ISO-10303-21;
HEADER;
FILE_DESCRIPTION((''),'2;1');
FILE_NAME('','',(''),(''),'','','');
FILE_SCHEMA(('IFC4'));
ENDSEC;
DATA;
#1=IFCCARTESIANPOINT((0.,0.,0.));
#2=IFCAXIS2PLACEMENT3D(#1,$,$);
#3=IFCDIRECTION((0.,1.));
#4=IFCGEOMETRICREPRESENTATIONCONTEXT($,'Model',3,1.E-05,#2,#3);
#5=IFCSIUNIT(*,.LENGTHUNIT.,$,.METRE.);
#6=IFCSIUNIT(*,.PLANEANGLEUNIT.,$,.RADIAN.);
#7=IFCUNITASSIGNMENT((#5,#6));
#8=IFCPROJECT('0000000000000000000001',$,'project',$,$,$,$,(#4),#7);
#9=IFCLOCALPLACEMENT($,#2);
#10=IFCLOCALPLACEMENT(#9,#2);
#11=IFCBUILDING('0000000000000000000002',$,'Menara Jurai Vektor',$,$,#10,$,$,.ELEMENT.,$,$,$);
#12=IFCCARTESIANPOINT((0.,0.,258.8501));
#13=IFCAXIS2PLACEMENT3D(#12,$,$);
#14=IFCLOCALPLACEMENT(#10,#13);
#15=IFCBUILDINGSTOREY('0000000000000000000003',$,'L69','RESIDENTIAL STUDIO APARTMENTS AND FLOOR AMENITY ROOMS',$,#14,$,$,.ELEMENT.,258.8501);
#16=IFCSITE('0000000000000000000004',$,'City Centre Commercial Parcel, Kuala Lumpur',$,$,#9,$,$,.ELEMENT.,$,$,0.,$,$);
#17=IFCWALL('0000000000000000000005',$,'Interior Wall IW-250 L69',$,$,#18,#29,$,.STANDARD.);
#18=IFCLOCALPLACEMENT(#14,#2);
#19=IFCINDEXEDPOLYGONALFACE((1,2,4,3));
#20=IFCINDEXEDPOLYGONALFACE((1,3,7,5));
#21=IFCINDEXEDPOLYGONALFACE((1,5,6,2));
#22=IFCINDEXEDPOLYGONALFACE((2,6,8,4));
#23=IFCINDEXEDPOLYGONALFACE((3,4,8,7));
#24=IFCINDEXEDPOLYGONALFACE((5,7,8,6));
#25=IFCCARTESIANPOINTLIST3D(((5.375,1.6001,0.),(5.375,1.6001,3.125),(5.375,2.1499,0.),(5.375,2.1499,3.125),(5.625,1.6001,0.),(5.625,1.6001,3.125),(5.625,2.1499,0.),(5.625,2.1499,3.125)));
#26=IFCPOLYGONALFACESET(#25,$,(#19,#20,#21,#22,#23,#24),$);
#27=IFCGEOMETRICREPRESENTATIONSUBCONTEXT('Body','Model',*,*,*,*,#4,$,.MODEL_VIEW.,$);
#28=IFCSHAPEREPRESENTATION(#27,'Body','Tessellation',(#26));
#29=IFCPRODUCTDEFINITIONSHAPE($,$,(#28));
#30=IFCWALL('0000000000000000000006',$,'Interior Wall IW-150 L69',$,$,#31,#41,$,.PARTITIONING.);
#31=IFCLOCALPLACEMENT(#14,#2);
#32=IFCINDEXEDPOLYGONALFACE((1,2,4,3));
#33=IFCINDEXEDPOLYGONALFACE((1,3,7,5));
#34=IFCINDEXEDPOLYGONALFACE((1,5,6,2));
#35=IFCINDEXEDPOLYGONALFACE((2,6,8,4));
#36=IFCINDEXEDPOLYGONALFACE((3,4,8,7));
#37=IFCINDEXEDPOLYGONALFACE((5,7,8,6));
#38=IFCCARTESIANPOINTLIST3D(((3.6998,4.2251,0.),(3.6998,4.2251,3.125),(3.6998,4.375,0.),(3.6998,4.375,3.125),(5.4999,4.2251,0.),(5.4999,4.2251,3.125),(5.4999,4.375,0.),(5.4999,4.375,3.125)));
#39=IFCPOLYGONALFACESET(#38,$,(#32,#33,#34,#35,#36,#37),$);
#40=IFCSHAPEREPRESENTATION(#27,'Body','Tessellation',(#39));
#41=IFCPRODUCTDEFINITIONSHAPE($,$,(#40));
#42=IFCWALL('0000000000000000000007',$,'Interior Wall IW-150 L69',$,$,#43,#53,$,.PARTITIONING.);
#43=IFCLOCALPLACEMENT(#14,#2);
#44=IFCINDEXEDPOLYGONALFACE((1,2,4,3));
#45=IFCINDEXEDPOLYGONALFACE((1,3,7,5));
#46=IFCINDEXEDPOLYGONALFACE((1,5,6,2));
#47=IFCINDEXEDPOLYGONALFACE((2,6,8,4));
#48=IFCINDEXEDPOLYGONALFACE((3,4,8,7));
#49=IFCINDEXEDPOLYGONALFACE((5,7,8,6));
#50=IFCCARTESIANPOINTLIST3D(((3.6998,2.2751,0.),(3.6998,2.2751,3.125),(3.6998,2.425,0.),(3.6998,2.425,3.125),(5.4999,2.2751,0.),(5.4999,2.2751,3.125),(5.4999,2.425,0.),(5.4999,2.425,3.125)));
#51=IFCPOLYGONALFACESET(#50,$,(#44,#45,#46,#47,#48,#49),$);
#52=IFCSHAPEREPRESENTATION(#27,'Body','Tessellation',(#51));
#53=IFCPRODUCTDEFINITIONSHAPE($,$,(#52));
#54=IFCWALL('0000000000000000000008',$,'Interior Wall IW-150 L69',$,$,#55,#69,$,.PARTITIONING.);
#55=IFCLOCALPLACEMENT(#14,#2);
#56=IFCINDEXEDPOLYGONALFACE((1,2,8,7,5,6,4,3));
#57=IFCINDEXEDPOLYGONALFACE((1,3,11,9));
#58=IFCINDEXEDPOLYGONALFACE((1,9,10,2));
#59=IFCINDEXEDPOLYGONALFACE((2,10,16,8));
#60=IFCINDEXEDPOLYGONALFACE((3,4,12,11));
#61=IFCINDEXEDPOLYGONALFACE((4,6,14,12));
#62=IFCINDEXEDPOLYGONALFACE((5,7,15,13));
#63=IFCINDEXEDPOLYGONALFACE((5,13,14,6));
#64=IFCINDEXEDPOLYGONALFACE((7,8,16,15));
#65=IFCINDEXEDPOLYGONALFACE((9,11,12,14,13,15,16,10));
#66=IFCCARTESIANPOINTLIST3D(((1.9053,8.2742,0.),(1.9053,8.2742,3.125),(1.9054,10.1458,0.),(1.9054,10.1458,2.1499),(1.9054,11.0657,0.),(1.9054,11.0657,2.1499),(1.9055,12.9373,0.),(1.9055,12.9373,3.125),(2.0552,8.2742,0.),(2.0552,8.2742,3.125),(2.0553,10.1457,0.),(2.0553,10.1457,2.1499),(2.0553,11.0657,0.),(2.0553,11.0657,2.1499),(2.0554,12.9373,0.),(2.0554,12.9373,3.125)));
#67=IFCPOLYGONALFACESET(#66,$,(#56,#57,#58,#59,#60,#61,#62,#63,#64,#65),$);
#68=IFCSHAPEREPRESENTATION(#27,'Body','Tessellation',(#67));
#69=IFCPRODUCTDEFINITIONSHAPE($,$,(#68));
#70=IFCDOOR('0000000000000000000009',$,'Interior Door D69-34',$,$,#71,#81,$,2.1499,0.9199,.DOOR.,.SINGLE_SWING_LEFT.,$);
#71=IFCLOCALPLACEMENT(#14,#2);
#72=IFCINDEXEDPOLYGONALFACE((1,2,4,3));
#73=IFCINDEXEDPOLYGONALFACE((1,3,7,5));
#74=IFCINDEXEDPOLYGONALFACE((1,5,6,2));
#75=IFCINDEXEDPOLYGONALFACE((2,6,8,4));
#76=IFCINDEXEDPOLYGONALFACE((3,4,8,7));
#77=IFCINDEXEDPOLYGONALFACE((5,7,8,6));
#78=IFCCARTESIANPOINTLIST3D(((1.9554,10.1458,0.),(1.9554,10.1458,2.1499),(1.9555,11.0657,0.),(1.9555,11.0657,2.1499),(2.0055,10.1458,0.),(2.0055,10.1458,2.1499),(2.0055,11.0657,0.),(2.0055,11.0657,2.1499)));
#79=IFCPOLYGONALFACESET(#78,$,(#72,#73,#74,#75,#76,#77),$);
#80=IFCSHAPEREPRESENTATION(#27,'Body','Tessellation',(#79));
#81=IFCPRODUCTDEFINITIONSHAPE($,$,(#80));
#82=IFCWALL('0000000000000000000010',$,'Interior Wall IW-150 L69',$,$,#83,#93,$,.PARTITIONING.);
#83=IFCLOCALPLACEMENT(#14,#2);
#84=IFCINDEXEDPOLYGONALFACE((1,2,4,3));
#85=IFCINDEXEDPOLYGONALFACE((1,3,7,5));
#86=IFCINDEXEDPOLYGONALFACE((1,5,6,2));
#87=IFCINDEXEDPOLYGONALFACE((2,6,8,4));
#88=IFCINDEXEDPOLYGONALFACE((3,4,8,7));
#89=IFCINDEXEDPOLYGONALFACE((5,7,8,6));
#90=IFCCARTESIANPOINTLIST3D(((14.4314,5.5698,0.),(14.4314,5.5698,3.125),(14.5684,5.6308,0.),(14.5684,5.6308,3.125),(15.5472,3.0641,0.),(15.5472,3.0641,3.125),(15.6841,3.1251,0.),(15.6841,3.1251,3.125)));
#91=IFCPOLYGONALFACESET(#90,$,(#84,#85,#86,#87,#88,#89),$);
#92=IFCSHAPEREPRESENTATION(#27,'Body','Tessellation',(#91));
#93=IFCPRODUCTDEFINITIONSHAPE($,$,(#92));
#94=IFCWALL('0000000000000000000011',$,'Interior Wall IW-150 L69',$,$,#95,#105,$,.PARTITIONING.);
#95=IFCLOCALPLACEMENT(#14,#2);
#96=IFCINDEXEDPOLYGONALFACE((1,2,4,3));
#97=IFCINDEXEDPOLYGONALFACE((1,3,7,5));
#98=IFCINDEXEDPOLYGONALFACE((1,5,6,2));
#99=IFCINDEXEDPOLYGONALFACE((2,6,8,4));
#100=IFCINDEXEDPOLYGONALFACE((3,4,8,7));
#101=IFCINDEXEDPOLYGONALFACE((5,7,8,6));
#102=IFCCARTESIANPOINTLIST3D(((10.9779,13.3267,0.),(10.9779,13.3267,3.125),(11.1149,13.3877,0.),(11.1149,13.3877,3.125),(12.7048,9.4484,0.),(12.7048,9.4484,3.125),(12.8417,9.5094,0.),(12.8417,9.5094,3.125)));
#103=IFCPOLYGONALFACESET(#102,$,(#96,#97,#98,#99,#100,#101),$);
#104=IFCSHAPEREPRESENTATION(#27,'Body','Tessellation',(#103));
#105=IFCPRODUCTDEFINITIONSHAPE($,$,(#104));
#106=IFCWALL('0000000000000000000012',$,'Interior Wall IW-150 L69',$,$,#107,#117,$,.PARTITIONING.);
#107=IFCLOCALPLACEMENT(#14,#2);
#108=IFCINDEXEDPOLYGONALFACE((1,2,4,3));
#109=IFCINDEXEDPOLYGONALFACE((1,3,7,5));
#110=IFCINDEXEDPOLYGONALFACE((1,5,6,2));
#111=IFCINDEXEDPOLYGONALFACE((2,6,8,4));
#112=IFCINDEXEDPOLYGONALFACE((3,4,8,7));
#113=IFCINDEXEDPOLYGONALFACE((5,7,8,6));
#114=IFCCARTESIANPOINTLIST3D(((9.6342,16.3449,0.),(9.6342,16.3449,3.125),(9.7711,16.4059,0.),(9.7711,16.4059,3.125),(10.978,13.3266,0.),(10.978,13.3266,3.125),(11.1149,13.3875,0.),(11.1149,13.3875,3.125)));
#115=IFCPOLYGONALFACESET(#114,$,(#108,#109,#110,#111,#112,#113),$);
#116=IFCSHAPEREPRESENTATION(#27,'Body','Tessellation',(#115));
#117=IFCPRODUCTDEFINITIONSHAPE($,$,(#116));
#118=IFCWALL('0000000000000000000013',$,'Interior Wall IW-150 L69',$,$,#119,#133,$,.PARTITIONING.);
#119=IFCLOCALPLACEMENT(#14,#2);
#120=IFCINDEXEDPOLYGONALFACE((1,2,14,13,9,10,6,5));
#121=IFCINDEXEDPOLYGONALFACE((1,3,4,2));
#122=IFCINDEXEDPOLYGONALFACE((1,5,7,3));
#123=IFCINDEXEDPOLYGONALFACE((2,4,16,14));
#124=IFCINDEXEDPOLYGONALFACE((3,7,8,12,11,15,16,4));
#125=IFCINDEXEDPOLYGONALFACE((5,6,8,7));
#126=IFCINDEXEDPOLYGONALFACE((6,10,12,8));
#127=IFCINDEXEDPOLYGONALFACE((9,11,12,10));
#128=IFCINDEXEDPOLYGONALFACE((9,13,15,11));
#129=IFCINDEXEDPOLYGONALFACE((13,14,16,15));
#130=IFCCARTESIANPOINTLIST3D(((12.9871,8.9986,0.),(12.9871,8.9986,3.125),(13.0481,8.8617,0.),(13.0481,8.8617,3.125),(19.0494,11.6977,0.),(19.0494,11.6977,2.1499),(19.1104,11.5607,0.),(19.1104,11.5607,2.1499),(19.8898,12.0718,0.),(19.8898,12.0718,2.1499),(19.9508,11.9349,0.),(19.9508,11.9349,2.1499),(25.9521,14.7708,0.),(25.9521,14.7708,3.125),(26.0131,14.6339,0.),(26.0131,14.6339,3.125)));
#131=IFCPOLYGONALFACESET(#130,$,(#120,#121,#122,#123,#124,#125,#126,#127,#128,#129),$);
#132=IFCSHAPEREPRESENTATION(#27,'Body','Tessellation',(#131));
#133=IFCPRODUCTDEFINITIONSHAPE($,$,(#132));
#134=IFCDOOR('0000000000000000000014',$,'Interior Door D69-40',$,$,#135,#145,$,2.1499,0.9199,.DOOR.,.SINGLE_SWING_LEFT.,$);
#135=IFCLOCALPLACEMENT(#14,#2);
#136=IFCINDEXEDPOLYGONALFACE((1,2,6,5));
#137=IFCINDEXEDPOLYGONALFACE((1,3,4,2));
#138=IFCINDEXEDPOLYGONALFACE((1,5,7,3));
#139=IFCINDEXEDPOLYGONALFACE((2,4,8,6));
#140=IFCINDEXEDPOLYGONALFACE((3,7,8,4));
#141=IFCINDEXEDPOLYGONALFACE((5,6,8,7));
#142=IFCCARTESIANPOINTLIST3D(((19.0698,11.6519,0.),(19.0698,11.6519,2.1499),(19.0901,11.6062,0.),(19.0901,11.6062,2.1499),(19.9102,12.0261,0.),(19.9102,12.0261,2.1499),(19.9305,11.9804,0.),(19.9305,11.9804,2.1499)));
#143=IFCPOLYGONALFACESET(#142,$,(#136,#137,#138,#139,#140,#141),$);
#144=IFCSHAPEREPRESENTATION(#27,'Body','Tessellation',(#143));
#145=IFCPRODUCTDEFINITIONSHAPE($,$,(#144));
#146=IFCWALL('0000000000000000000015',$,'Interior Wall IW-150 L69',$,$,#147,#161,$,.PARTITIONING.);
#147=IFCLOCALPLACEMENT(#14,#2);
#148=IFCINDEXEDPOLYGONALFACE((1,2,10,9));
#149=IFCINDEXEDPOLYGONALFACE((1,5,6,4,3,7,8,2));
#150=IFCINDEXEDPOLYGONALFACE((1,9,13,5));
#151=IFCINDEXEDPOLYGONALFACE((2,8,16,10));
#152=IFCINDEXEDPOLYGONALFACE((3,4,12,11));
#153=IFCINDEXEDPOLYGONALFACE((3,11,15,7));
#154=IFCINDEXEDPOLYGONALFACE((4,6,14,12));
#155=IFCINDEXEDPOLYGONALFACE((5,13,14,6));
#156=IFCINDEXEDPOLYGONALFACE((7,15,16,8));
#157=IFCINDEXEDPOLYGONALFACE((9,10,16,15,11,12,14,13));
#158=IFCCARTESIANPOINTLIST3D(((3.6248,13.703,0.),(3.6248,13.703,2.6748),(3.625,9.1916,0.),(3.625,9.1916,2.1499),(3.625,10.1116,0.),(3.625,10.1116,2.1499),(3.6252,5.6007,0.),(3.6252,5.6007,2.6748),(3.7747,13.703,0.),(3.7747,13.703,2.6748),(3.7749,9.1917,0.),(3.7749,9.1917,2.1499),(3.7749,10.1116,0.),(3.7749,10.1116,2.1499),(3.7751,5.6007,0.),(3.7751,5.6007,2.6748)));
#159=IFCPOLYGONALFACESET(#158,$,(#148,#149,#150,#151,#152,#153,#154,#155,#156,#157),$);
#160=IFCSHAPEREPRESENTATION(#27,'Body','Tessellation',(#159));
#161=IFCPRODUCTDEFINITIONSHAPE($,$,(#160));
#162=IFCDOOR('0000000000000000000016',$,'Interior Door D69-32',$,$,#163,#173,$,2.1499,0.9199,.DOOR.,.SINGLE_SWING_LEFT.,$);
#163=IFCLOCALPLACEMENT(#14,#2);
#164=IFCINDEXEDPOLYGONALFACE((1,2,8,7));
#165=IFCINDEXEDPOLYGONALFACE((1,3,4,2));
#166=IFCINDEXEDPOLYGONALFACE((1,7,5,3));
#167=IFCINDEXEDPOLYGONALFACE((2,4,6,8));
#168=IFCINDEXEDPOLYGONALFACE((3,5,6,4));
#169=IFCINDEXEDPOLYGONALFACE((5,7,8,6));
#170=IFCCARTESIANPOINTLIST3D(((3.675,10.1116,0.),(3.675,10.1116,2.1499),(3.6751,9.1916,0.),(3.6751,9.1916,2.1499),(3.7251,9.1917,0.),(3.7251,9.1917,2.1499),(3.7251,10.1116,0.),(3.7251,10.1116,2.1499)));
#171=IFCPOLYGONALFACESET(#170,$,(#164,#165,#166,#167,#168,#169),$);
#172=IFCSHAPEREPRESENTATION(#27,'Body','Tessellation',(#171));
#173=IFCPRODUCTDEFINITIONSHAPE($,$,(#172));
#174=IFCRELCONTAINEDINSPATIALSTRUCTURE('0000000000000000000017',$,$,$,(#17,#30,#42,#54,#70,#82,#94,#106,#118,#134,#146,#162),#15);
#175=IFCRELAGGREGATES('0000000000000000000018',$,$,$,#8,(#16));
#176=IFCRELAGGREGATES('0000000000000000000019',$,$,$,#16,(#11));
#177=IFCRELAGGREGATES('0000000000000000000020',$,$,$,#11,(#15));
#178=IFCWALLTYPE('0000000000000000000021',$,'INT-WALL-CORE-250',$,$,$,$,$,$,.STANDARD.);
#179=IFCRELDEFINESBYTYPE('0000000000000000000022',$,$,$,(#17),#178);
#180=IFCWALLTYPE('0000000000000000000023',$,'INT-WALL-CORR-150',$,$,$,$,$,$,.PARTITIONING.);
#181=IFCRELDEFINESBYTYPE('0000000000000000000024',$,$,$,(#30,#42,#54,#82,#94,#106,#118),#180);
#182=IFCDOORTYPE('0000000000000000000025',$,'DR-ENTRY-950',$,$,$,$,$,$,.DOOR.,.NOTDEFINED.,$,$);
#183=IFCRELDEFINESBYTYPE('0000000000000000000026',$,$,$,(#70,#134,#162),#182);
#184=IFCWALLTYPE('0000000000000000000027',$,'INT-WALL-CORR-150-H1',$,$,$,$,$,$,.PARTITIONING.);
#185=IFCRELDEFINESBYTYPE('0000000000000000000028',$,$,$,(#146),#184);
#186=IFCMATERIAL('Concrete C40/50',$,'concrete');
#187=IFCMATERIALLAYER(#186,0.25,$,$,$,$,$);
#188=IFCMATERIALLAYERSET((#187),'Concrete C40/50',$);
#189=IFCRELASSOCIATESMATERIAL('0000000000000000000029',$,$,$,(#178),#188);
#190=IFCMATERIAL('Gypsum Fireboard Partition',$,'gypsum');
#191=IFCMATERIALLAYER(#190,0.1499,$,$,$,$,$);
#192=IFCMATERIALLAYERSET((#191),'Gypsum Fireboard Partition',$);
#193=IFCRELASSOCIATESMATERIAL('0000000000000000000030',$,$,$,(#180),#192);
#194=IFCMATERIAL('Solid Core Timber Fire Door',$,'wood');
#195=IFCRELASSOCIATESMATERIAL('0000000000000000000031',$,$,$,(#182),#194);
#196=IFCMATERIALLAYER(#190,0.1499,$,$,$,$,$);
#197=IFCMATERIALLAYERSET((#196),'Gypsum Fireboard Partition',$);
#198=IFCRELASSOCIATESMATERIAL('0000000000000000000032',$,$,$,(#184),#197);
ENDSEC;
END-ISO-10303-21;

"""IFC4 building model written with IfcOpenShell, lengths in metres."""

from ifc_helpers import new_model, si_unit, direction, frame, frame_2d, origin, place, context, subcontext, project, spatial, rectangle, extrude, material, layer, layer_set, type_object, element, fill, save


model = new_model("IFC4")

# Units and contexts
model_context = context("Model", 3, precision=1e-05, world=origin(), true_north=direction((0.0, 1.0)))
body_context = subcontext(model_context, "Body", "Model", "MODEL_VIEW")
ifc_project = project(units=[si_unit("LENGTHUNIT", "METRE"), si_unit("PLANEANGLEUNIT", "RADIAN")], contexts=[model_context])

# Site, building, storey
site_placement = place(None, origin())
site = spatial("IfcSite", under=ifc_project, at=site_placement, Name="City Centre Commercial Parcel, Kuala Lumpur", CompositionType="ELEMENT", RefElevation=0.0)
building_placement = place(site_placement, origin())
building = spatial("IfcBuilding", under=site, at=building_placement, Name="Menara Jurai Vektor", CompositionType="ELEMENT")
storey_placement = place(building_placement, frame((0.0, 0.0, 258.8501)))
storey = spatial("IfcBuildingStorey", under=building, at=storey_placement, Name="L69", Description="RESIDENTIAL STUDIO APARTMENTS AND FLOOR AMENITY ROOMS", CompositionType="ELEMENT", Elevation=258.8501)

# Shared definitions
ifc_material_1 = material(Name="Concrete C40/50", Category="concrete")
ifc_layer_1 = layer(ifc_material_1, 0.25)
ifc_layer_set_1 = layer_set([ifc_layer_1], Name="Concrete C40/50")
wall_type_1 = type_object("IfcWallType", Name="INT-WALL-CORE-250", PredefinedType="STANDARD", material=ifc_layer_set_1)

# Walls
wall_1_placement = place(storey_placement, frame((5.5, 1.6001, 0.0), z_axis=(0.0, 0.0, 1.0), x_axis=(0.0, 1.0, 0.0)))
element("IfcWall", 1, at=wall_1_placement, inside=storey, type_object=wall_type_1, Name="Interior Wall IW-250 L69", PredefinedType="STANDARD", context=body_context, shape_type="SweptSolid", body=[
    extrude(rectangle(XDim=0.5498, YDim=0.25, at=frame_2d((0.2749, 0.0))), origin(), (0.0, 0.0, 1.0), 3.125),
])
ifc_material_2 = material(Name="Gypsum Fireboard Partition", Category="gypsum")
ifc_layer_2 = layer(ifc_material_2, 0.1499)
ifc_layer_set_2 = layer_set([ifc_layer_2], Name="Gypsum Fireboard Partition")
wall_type_2 = type_object("IfcWallType", Name="INT-WALL-CORR-150", PredefinedType="PARTITIONING", material=ifc_layer_set_2)
for number, where, z_axis, x_axis, name in (
    (2, (3.7, 4.3, 0.0), (0.0, 0.0, 1.0), (1.0, 0.0, 0.0), "Interior Wall IW-150 L69"),
    (3, (3.7, 2.3501, 0.0), (0.0, 0.0, 1.0), (1.0, 0.0, 0.0), "Interior Wall IW-150 L69"),
):
    element("IfcWall", number, at=place(storey_placement, frame(where, z_axis=z_axis, x_axis=x_axis)), inside=storey, type_object=wall_type_2, Name=name, PredefinedType="PARTITIONING", context=body_context, shape_type="SweptSolid", body=[
        extrude(rectangle(XDim=1.8, YDim=0.1499, at=frame_2d((0.8999, 0.0))), origin(), (0.0, 0.0, 1.0), 3.125),
    ])

# Wall, opening, door
wall_2_placement = place(storey_placement, frame((1.9802, 8.2742, 0.0), z_axis=(0.0, 0.0, 1.0), x_axis=(0.000052, 1.0, 0.0)))
wall_2 = element("IfcWall", 4, at=wall_2_placement, inside=storey, type_object=wall_type_2, Name="Interior Wall IW-150 L69", PredefinedType="PARTITIONING", context=body_context, shape_type="SweptSolid", body=[
    extrude(rectangle(XDim=4.6631, YDim=0.1499, at=frame_2d((2.3315, 0.0))), origin(), (0.0, 0.0, 1.0), 3.125),
])
opening_1_placement = place(wall_2_placement, frame((1.8716, 0.0, 0.0)))
opening_1 = element("IfcOpeningElement", 5, at=opening_1_placement, cuts=wall_2, PredefinedType="OPENING", context=body_context, shape_type="SweptSolid", body=[
    extrude(rectangle(XDim=0.9199, YDim=2.1499, at=frame_2d((0.46, 1.075))), frame((0.0, 0.085, 0.0), z_axis=(0.0, -1.0, 0.0), x_axis=(1.0, 0.0, 0.0)), (0.0, 0.0, 1.0), 0.1699),
])
ifc_material_3 = material(Name="Solid Core Timber Fire Door", Category="wood")
door_type_1 = type_object("IfcDoorType", Name="DR-ENTRY-950", OperationType="NOTDEFINED", PredefinedType="DOOR", material=ifc_material_3)
door_1_placement = place(opening_1_placement, origin())
door_1 = element("IfcDoor", 6, at=door_1_placement, inside=storey, type_object=door_type_1, Name="Interior Door D69-34", OperationType="SINGLE_SWING_LEFT", OverallHeight=2.1499, OverallWidth=0.9199, PredefinedType="DOOR", context=body_context, shape_type="SweptSolid", body=[
    extrude(rectangle(XDim=0.9199, YDim=2.1499, at=frame_2d((0.46, 1.075))), frame((0.0, 0.0249, 0.0), z_axis=(0.0, -1.0, 0.0), x_axis=(1.0, 0.0, 0.0)), (0.0, 0.0, 1.0), 0.05),
])
fill(opening_1, door_1)

# Walls
wall_3_placement = place(storey_placement, frame((15.6157, 3.0945, 0.0), z_axis=(0.0, 0.0, 1.0), x_axis=(-0.406783, 0.913525, 0.0)))
element("IfcWall", 7, at=wall_3_placement, inside=storey, type_object=wall_type_2, Name="Interior Wall IW-150 L69", PredefinedType="PARTITIONING", context=body_context, shape_type="SweptSolid", body=[
    extrude(rectangle(XDim=2.7429, YDim=0.1499, at=frame_2d((1.3716, 0.0))), origin(), (0.0, 0.0, 1.0), 3.125),
])
wall_4_placement = place(storey_placement, frame((12.7732, 9.479, 0.0), z_axis=(0.0, 0.0, 1.0), x_axis=(-0.406763, 0.913534, 0.0)))
element("IfcWall", 8, at=wall_4_placement, inside=storey, type_object=wall_type_2, Name="Interior Wall IW-150 L69", PredefinedType="PARTITIONING", context=body_context, shape_type="SweptSolid", body=[
    extrude(rectangle(XDim=4.2454, YDim=0.1499, at=frame_2d((2.1226, 0.0))), origin(), (0.0, 0.0, 1.0), 3.125),
])
wall_5_placement = place(storey_placement, frame((11.0464, 13.3572, 0.0), z_axis=(0.0, 0.0, 1.0), x_axis=(-0.406714, 0.913555, 0.0)))
element("IfcWall", 9, at=wall_5_placement, inside=storey, type_object=wall_type_2, Name="Interior Wall IW-150 L69", PredefinedType="PARTITIONING", context=body_context, shape_type="SweptSolid", body=[
    extrude(rectangle(XDim=3.304, YDim=0.1499, at=frame_2d((1.6519, 0.0))), origin(), (0.0, 0.0, 1.0), 3.125),
])

# Walls, openings, doors
wall_6_placement = place(storey_placement, frame((13.0176, 8.9302, 0.0), z_axis=(0.0, 0.0, 1.0), x_axis=(0.913551, 0.406724, 0.0)))
wall_6 = element("IfcWall", 10, at=wall_6_placement, inside=storey, type_object=wall_type_2, Name="Interior Wall IW-150 L69", PredefinedType="PARTITIONING", context=body_context, shape_type="SweptSolid", body=[
    extrude(rectangle(XDim=14.1919, YDim=0.1499, at=frame_2d((7.0959, 0.0))), origin(), (0.0, 0.0, 1.0), 3.125),
])
opening_2_placement = place(wall_6_placement, frame((6.636, 0.0, 0.0)))
opening_2 = element("IfcOpeningElement", 11, at=opening_2_placement, cuts=wall_6, PredefinedType="OPENING", context=body_context, shape_type="SweptSolid", body=[
    extrude(rectangle(XDim=0.9199, YDim=2.1499, at=frame_2d((0.46, 1.075))), frame((0.0, 0.085, 0.0), z_axis=(0.0, -1.0, 0.0), x_axis=(1.0, 0.0, 0.0)), (0.0, 0.0, 1.0), 0.1699),
])
door_2_placement = place(opening_2_placement, origin())
door_2 = element("IfcDoor", 12, at=door_2_placement, inside=storey, type_object=door_type_1, Name="Interior Door D69-40", OperationType="SINGLE_SWING_LEFT", OverallHeight=2.1499, OverallWidth=0.9199, PredefinedType="DOOR", context=body_context, shape_type="SweptSolid", body=[
    extrude(rectangle(XDim=0.9199, YDim=2.1499, at=frame_2d((0.46, 1.075))), frame((0.0, 0.0249, 0.0), z_axis=(0.0, -1.0, 0.0), x_axis=(1.0, 0.0, 0.0)), (0.0, 0.0, 1.0), 0.05),
])
fill(opening_2, door_2)
ifc_layer_3 = layer(ifc_material_2, 0.1499)
ifc_layer_set_3 = layer_set([ifc_layer_3], Name="Gypsum Fireboard Partition")
wall_type_3 = type_object("IfcWallType", Name="INT-WALL-CORR-150-H1", PredefinedType="PARTITIONING", material=ifc_layer_set_3)
wall_7_placement = place(storey_placement, frame((3.7002, 5.6006, 0.0), z_axis=(0.0, 0.0, 1.0), x_axis=(-0.00006, 1.0, 0.0)))
wall_7 = element("IfcWall", 13, at=wall_7_placement, inside=storey, type_object=wall_type_3, Name="Interior Wall IW-150 L69", PredefinedType="PARTITIONING", context=body_context, shape_type="SweptSolid", body=[
    extrude(rectangle(XDim=8.1023, YDim=0.1499, at=frame_2d((4.0513, 0.0))), origin(), (0.0, 0.0, 1.0), 2.6748),
])
opening_3_placement = place(wall_7_placement, frame((3.5911, 0.0, 0.0)))
opening_3 = element("IfcOpeningElement", 14, at=opening_3_placement, cuts=wall_7, PredefinedType="OPENING", context=body_context, shape_type="SweptSolid", body=[
    extrude(rectangle(XDim=0.9199, YDim=2.1499, at=frame_2d((0.46, 1.075))), frame((0.0, 0.085, 0.0), z_axis=(0.0, -1.0, 0.0), x_axis=(1.0, 0.0, 0.0)), (0.0, 0.0, 1.0), 0.1699),
])
door_3_placement = place(opening_3_placement, origin())
door_3 = element("IfcDoor", 15, at=door_3_placement, inside=storey, type_object=door_type_1, Name="Interior Door D69-32", OperationType="SINGLE_SWING_LEFT", OverallHeight=2.1499, OverallWidth=0.9199, PredefinedType="DOOR", context=body_context, shape_type="SweptSolid", body=[
    extrude(rectangle(XDim=0.9199, YDim=2.1499, at=frame_2d((0.46, 1.075))), frame((0.0, 0.0249, 0.0), z_axis=(0.0, -1.0, 0.0), x_axis=(1.0, 0.0, 0.0)), (0.0, 0.0, 1.0), 0.05),
])
fill(opening_3, door_3)

save(model, "model.ifc")
